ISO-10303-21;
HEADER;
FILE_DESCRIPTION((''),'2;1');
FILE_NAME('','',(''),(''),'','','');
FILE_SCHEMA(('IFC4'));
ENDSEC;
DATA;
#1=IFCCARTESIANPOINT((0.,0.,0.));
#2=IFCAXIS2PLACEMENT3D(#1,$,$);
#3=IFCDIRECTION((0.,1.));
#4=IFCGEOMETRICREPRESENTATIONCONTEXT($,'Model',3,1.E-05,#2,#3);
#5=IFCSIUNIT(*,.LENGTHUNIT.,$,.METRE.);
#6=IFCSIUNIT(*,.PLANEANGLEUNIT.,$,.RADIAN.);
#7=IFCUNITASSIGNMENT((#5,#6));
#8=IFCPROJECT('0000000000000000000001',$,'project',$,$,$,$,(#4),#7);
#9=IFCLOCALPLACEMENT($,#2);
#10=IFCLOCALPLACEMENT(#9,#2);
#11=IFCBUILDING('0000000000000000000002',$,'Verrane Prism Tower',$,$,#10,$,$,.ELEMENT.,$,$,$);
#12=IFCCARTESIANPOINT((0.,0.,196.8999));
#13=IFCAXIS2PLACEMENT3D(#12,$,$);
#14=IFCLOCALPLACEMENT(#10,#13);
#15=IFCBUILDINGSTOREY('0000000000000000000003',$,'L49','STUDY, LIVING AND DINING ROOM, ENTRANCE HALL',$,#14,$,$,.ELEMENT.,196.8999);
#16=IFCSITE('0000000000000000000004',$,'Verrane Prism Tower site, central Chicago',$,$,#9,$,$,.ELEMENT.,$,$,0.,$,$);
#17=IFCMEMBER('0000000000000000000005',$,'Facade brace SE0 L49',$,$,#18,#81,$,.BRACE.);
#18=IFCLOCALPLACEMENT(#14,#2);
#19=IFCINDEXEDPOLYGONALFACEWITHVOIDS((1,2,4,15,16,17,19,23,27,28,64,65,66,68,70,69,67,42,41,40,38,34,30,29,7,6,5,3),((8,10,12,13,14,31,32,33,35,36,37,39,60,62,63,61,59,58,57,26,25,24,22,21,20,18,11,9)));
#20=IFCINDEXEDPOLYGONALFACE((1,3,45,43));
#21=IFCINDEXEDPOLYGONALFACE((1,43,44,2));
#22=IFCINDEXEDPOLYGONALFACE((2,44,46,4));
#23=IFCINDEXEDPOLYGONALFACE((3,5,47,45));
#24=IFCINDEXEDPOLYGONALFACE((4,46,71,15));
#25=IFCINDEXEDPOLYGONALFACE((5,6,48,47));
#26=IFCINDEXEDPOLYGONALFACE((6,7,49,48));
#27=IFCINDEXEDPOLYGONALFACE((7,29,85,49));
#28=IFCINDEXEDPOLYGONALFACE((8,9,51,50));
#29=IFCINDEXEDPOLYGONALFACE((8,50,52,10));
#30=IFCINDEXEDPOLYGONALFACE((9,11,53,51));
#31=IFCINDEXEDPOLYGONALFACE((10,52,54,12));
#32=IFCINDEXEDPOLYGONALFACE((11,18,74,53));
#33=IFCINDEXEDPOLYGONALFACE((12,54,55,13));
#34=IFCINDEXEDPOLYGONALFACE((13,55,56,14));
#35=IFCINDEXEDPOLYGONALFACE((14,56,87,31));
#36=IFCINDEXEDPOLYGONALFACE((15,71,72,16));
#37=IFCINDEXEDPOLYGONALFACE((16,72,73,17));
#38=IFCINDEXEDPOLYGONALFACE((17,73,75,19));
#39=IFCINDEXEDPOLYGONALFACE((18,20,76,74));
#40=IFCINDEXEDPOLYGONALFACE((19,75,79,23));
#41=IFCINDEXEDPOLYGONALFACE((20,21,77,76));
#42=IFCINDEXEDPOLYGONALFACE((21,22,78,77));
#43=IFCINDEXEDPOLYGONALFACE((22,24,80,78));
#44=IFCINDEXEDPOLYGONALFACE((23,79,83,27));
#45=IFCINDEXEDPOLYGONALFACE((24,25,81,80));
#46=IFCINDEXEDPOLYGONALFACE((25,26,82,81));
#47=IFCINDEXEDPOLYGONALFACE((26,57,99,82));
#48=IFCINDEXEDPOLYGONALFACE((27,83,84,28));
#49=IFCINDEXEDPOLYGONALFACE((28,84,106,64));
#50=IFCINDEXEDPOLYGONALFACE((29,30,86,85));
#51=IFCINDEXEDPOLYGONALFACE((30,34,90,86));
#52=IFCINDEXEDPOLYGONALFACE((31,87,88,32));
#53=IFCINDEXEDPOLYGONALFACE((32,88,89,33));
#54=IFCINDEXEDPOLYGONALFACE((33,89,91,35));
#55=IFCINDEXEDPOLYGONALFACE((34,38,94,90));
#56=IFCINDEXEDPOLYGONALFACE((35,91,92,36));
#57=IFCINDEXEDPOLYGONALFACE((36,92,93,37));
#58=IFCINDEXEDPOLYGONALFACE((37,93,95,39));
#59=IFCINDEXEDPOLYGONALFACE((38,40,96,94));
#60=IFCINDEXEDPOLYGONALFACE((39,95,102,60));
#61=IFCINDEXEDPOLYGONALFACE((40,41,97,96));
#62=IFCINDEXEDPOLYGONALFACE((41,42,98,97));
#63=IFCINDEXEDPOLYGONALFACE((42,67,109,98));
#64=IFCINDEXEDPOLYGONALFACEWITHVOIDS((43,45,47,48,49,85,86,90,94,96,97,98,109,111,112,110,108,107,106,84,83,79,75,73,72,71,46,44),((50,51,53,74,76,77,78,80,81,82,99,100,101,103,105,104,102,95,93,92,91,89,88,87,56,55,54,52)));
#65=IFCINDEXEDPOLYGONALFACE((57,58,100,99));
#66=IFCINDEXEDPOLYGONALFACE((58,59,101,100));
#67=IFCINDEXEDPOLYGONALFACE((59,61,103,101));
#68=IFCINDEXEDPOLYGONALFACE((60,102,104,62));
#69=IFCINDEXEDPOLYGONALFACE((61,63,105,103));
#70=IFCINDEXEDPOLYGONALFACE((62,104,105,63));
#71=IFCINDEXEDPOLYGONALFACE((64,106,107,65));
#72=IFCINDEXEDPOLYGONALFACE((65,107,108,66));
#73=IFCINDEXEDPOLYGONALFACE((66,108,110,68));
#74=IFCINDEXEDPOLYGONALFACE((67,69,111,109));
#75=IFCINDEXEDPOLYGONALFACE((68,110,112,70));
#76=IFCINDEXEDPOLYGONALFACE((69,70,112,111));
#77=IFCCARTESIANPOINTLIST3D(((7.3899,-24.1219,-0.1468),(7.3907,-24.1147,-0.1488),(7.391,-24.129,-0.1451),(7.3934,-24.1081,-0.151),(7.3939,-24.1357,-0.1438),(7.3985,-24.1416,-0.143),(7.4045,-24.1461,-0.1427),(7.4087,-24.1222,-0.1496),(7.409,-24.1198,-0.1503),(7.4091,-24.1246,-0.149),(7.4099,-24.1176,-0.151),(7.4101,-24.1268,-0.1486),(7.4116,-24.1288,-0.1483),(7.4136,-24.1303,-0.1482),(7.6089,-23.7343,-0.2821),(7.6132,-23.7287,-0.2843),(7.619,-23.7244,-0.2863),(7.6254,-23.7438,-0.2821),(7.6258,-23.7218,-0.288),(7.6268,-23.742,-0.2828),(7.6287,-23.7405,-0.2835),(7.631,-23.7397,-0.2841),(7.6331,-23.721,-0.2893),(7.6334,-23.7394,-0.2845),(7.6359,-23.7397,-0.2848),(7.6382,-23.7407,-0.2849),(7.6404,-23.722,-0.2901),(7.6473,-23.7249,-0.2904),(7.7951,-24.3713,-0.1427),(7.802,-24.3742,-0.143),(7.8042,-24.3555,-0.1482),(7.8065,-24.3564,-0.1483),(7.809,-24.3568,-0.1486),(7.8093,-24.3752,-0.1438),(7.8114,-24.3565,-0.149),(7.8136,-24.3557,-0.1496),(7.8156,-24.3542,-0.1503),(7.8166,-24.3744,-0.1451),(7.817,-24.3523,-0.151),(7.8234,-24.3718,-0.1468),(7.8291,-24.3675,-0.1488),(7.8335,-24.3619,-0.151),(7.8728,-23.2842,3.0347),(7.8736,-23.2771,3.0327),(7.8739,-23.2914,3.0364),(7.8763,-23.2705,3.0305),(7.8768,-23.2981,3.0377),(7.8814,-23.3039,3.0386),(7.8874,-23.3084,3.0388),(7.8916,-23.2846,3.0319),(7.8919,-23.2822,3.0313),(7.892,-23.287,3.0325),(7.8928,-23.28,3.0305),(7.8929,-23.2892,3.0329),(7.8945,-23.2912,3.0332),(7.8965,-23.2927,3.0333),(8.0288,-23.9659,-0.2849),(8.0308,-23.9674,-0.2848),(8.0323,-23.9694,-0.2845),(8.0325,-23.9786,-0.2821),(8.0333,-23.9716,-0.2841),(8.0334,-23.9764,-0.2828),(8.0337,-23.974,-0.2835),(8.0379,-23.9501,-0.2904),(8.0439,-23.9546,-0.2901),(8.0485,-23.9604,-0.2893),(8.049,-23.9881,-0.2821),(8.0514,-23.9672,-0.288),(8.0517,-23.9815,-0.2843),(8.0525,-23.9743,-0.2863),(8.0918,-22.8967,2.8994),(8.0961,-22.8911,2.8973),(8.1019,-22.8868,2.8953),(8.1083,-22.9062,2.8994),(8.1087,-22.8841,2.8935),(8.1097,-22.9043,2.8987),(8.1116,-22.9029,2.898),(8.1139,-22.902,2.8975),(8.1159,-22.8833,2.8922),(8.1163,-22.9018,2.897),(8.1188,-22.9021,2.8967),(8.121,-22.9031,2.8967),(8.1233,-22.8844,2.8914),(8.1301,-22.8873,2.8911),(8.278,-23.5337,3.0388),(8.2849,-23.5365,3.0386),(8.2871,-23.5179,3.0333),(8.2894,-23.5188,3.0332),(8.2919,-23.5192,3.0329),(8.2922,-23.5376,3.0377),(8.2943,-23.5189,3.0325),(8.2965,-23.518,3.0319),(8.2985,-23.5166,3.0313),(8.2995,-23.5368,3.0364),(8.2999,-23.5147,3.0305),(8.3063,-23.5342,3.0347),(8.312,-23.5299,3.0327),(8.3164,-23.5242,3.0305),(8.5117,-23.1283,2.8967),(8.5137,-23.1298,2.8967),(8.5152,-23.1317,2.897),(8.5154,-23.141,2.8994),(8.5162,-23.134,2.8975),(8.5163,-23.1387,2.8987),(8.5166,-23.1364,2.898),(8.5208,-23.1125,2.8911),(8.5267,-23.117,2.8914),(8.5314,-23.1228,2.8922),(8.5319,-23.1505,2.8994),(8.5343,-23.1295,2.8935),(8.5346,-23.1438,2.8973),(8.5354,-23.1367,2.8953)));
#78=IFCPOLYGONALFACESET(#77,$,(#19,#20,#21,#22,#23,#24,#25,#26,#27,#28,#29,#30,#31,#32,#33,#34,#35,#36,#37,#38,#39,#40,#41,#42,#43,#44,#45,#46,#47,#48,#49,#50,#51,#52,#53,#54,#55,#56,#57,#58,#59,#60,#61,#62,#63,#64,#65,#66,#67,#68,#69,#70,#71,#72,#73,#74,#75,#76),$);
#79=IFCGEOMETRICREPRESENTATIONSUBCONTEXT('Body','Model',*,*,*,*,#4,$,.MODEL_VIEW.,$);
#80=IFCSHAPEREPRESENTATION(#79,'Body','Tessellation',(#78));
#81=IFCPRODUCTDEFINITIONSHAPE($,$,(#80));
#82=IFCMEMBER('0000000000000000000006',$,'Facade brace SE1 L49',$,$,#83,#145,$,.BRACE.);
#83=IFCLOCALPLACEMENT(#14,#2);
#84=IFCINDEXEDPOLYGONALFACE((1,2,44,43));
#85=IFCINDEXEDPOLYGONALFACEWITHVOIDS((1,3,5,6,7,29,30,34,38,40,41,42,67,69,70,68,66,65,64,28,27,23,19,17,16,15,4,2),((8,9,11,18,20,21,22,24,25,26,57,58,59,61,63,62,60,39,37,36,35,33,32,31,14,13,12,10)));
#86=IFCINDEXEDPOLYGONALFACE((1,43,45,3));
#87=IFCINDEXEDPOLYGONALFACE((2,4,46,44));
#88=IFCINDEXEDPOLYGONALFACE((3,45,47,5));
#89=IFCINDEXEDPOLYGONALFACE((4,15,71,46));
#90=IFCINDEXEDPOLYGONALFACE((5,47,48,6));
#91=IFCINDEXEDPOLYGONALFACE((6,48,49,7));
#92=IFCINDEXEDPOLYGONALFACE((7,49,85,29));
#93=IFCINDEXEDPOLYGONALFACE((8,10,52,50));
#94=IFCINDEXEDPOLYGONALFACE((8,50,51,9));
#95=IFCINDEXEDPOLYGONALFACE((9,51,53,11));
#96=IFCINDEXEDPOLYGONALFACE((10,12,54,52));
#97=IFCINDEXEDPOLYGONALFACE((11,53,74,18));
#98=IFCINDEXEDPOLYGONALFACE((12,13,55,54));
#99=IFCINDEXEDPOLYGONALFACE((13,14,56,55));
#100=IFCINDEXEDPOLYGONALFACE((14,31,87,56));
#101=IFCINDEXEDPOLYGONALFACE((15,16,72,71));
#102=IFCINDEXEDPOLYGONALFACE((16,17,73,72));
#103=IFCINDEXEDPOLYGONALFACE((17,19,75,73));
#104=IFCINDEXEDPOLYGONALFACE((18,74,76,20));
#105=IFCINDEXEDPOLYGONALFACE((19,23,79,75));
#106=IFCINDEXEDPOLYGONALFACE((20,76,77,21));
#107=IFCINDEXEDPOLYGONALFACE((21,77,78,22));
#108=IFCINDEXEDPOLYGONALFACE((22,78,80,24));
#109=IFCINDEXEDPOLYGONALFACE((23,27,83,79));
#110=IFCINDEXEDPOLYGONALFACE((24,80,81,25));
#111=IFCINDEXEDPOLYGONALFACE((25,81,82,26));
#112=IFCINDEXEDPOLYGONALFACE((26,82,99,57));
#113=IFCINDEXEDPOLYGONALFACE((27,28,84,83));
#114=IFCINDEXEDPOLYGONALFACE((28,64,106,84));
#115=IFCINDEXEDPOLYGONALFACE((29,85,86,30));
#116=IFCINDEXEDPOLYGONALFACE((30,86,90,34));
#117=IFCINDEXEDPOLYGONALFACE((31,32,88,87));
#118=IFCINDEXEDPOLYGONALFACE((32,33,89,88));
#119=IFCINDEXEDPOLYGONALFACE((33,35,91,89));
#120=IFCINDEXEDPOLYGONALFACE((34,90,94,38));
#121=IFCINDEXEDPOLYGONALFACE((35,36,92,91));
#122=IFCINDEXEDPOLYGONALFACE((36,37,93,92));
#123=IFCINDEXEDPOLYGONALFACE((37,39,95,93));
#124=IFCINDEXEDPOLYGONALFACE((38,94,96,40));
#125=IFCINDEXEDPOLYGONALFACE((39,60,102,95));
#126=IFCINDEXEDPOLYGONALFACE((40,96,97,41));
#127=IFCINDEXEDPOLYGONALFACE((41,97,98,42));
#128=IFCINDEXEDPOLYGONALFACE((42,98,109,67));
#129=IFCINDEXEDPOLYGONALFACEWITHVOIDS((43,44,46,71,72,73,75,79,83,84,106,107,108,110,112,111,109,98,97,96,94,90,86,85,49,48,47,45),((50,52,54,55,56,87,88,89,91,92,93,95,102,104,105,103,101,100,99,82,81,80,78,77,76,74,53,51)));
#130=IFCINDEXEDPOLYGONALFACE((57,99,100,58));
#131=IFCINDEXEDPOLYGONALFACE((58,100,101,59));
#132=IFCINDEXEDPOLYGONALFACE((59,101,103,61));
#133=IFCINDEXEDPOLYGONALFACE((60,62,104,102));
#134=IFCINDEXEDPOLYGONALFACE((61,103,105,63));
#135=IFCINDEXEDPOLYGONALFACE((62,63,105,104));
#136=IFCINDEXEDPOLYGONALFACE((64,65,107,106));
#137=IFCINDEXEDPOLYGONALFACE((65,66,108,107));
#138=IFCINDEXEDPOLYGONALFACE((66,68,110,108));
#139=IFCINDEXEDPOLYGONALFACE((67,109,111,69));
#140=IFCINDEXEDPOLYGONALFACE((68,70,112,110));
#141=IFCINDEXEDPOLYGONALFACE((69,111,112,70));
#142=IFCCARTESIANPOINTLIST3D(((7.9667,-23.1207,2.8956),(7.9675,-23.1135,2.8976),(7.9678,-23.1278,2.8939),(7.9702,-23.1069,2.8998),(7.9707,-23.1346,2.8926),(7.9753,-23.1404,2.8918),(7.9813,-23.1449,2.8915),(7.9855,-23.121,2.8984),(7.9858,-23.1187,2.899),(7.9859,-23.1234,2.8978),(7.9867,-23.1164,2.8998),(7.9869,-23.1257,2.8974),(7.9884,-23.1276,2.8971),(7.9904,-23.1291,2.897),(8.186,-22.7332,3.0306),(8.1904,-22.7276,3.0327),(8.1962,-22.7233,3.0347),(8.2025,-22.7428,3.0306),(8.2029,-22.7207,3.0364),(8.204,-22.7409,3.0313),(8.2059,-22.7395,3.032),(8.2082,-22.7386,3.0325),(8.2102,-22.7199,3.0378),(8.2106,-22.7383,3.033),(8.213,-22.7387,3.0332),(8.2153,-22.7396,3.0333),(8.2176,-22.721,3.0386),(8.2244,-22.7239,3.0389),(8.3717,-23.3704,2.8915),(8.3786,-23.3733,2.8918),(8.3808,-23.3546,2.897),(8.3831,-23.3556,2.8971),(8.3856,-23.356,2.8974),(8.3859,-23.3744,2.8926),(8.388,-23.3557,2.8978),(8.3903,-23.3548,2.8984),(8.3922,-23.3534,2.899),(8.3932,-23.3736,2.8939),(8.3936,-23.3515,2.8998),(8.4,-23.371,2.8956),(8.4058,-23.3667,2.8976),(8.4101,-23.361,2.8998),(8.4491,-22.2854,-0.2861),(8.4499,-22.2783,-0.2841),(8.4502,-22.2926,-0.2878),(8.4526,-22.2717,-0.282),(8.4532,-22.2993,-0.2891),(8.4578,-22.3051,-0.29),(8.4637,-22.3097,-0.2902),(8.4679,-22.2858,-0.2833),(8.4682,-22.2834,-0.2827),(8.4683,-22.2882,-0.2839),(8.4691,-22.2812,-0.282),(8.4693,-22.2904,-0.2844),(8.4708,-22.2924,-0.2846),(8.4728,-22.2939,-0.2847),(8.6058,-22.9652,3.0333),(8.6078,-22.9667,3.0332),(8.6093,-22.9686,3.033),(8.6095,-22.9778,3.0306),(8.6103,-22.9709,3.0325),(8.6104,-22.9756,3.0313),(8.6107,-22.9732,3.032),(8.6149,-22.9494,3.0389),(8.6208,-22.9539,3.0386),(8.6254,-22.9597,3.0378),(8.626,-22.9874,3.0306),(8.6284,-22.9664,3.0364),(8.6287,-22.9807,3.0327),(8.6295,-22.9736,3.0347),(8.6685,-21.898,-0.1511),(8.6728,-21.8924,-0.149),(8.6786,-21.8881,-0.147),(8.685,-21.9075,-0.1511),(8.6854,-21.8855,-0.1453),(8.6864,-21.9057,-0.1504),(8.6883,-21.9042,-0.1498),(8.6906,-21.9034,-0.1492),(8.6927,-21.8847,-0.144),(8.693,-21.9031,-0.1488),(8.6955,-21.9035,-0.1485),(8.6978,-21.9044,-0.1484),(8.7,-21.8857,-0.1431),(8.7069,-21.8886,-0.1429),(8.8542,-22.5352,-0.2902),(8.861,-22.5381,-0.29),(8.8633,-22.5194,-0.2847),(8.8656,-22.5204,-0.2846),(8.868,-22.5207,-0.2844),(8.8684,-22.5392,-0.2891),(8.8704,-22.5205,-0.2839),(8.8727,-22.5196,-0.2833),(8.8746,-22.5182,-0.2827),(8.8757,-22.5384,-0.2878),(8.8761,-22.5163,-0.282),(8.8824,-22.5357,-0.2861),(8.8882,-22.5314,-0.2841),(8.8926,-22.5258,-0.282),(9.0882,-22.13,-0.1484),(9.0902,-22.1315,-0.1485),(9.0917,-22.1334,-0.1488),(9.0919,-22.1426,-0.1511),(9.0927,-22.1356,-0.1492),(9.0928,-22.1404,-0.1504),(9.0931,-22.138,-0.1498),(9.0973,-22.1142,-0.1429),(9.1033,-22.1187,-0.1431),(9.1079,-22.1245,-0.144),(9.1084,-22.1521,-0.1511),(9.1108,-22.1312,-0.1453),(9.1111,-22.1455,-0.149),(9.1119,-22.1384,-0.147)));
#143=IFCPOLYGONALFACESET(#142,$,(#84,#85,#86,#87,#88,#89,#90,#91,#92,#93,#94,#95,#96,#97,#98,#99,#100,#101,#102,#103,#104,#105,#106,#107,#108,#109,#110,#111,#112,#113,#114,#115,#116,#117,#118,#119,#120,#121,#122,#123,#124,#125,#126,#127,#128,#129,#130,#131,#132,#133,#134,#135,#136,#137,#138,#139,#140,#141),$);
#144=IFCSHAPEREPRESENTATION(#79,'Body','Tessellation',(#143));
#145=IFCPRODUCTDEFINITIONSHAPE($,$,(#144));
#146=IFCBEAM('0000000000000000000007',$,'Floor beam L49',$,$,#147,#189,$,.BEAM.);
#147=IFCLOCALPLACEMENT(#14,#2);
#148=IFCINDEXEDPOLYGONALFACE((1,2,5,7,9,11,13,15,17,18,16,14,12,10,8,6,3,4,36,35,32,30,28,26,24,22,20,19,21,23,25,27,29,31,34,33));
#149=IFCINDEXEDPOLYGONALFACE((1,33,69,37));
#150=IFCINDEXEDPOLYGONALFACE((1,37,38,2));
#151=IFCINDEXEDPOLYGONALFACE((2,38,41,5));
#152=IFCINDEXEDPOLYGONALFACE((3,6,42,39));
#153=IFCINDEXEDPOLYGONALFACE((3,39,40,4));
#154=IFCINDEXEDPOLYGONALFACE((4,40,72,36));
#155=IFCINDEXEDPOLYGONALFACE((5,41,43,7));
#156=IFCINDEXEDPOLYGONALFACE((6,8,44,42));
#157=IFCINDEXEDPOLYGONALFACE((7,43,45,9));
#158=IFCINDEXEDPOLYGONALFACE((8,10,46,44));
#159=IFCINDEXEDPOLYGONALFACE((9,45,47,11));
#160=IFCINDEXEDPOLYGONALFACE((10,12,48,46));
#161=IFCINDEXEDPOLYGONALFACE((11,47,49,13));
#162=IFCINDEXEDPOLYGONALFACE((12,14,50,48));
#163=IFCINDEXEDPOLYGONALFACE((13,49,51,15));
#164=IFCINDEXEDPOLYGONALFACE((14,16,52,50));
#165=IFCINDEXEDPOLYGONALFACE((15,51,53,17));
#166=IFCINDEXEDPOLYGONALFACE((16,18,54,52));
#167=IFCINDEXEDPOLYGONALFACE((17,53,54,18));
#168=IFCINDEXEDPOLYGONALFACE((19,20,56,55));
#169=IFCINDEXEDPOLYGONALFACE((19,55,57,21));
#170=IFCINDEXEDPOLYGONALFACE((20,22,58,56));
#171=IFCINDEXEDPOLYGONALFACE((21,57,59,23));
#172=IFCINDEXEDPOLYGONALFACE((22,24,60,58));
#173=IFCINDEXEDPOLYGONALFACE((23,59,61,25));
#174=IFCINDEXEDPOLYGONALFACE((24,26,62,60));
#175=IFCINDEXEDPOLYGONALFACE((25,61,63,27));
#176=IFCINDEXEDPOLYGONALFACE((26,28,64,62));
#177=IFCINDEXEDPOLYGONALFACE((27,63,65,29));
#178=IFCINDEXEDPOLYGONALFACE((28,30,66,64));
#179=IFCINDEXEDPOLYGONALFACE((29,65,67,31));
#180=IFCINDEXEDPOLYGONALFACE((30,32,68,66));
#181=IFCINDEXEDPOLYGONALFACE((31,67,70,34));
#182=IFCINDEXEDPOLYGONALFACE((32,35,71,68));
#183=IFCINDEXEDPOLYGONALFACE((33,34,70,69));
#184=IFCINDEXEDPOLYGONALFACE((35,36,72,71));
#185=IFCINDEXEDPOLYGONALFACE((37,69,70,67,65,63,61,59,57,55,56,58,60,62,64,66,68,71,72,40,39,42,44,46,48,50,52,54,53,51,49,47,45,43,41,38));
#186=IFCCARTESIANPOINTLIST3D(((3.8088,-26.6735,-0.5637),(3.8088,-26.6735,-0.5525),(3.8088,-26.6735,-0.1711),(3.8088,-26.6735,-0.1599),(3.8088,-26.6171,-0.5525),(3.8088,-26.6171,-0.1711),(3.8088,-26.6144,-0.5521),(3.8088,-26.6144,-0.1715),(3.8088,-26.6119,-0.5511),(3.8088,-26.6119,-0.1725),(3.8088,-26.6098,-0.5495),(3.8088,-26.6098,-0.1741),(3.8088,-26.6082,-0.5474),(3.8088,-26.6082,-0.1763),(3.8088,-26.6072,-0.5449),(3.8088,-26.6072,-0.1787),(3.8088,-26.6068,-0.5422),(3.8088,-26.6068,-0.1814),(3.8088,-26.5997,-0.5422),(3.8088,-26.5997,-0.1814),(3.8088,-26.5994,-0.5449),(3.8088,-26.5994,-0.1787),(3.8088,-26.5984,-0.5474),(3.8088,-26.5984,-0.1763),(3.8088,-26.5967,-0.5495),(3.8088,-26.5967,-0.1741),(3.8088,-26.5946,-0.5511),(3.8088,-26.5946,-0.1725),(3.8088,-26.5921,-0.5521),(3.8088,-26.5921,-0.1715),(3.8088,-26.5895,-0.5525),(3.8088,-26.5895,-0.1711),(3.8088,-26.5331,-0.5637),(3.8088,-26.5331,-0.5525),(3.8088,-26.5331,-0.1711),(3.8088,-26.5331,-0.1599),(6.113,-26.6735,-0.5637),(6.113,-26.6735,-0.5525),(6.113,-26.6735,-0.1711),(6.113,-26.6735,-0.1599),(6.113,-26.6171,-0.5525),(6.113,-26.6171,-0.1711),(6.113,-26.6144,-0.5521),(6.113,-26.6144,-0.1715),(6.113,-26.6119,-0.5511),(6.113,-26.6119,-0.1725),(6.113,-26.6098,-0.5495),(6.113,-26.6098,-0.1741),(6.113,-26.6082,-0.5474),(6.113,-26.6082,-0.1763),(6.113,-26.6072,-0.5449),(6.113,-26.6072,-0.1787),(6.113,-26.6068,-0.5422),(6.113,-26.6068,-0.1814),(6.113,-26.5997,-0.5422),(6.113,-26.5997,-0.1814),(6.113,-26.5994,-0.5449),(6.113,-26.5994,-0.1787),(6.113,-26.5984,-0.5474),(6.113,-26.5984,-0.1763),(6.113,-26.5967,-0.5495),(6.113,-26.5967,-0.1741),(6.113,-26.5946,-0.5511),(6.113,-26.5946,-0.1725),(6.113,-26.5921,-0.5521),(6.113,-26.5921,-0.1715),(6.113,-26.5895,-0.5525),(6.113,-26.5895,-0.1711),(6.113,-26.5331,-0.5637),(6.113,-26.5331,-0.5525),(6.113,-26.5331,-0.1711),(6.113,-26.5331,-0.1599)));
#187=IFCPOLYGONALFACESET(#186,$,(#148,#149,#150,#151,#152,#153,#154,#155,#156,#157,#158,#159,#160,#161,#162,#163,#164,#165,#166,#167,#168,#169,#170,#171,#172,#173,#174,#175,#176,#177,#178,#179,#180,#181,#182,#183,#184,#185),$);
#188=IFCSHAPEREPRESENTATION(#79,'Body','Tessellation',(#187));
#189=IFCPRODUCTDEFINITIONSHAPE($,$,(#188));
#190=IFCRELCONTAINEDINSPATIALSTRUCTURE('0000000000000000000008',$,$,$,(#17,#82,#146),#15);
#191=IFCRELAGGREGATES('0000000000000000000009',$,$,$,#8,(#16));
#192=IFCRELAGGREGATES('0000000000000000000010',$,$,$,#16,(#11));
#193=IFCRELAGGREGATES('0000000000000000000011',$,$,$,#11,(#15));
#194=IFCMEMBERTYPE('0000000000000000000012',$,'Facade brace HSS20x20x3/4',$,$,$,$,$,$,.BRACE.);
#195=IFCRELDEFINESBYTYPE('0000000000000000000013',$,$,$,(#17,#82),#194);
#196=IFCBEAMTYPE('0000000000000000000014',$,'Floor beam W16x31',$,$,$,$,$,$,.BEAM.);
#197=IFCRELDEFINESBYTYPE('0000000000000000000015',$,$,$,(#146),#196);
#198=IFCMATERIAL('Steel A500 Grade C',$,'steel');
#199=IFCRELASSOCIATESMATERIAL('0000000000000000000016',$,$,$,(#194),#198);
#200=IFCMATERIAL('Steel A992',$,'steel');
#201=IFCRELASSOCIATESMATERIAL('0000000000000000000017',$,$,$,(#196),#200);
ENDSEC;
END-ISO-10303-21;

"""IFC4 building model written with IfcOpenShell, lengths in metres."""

from ifc_helpers import new_model, si_unit, direction, frame, origin, origin_2d, place, context, subcontext, project, spatial, hollow_rectangle, i_section, extrude, material, material_profile, profile_set, type_object, element, save


model = new_model("IFC4")

# Units and contexts
model_context = context("Model", 3, precision=1e-05, world=origin(), true_north=direction((0.0, 1.0)))
body_context = subcontext(model_context, "Body", "Model", "MODEL_VIEW")
ifc_project = project(units=[si_unit("LENGTHUNIT", "METRE"), si_unit("PLANEANGLEUNIT", "RADIAN")], contexts=[model_context])

# Site, building, storey
site_placement = place(None, origin())
site = spatial("IfcSite", under=ifc_project, at=site_placement, Name="Verrane Prism Tower site, central Chicago", CompositionType="ELEMENT", RefElevation=0.0)
building_placement = place(site_placement, origin())
building = spatial("IfcBuilding", under=site, at=building_placement, Name="Verrane Prism Tower", CompositionType="ELEMENT")
storey_placement = place(building_placement, frame((0.0, 0.0, 196.8999)))
storey = spatial("IfcBuildingStorey", under=building, at=storey_placement, Name="L49", Description="STUDY, LIVING AND DINING ROOM, ENTRANCE HALL", CompositionType="ELEMENT", Elevation=196.8999)

# Members
ifc_material_1 = material(Name="Steel A500 Grade C", Category="steel")
ifc_material_profile_1 = material_profile(ifc_material_1, hollow_rectangle(XDim=0.5081, YDim=0.5081, WallThickness=0.019, InnerFilletRadius=0.0095, OuterFilletRadius=0.0286, at=origin_2d()), Name="HSS20x20x3/4")
ifc_profile_set_1 = profile_set([ifc_material_profile_1], Name="Steel A500 Grade C")
member_type_1 = type_object("IfcMemberType", Name="Facade brace HSS20x20x3/4", PredefinedType="BRACE", material=ifc_profile_set_1)
member_1_placement = place(storey_placement, frame((7.7212, -24.0481, -0.2166), z_axis=(0.145223, 0.2519, 0.956795), x_axis=(-0.866341, 0.499453, 0.0)))
element("IfcMember", 1, at=member_1_placement, inside=storey, type_object=member_type_1, Name="Facade brace SE0 L49", PredefinedType="BRACE", context=body_context, shape_type="SweptSolid", body=[
    extrude(hollow_rectangle(XDim=0.5081, YDim=0.5081, WallThickness=0.019, InnerFilletRadius=0.0095, OuterFilletRadius=0.0286, at=origin_2d()), origin(), (0.0, 0.0, 1.0), 3.3252),
])
member_2_placement = place(storey_placement, frame((8.7805, -22.2119, -0.2166), z_axis=(-0.145106, -0.251218, 0.956992), x_axis=(0.865928, -0.500168, 0.0)))
element("IfcMember", 2, at=member_2_placement, inside=storey, type_object=member_type_1, Name="Facade brace SE1 L49", PredefinedType="BRACE", context=body_context, shape_type="SweptSolid", body=[
    extrude(hollow_rectangle(XDim=0.5081, YDim=0.5081, WallThickness=0.019, InnerFilletRadius=0.0095, OuterFilletRadius=0.0286, at=origin_2d()), origin(), (0.0, 0.0, 1.0), 3.3247),
])

# Beam
ifc_material_2 = material(Name="Steel A992", Category="steel")
ifc_material_profile_2 = material_profile(ifc_material_2, i_section(OverallWidth=0.1404, OverallDepth=0.4038, WebThickness=0.0071, FlangeThickness=0.0112, FilletRadius=0.0103, at=origin_2d()), Name="W16x31")
ifc_profile_set_2 = profile_set([ifc_material_profile_2], Name="Steel A992")
beam_type_1 = type_object("IfcBeamType", Name="Floor beam W16x31", PredefinedType="BEAM", material=ifc_profile_set_2)
beam_1_placement = place(storey_placement, frame((3.8088, -26.6033, -0.3618), z_axis=(1.0, 0.0, 0.0), x_axis=(0.0, 1.0, 0.0)))
element("IfcBeam", 3, at=beam_1_placement, inside=storey, type_object=beam_type_1, Name="Floor beam L49", PredefinedType="BEAM", context=body_context, shape_type="SweptSolid", body=[
    extrude(i_section(OverallWidth=0.1404, OverallDepth=0.4038, WebThickness=0.0071, FlangeThickness=0.0112, FilletRadius=0.0103, at=origin_2d()), origin(), (0.0, 0.0, 1.0), 2.3042),
])

save(model, "model.ifc")
